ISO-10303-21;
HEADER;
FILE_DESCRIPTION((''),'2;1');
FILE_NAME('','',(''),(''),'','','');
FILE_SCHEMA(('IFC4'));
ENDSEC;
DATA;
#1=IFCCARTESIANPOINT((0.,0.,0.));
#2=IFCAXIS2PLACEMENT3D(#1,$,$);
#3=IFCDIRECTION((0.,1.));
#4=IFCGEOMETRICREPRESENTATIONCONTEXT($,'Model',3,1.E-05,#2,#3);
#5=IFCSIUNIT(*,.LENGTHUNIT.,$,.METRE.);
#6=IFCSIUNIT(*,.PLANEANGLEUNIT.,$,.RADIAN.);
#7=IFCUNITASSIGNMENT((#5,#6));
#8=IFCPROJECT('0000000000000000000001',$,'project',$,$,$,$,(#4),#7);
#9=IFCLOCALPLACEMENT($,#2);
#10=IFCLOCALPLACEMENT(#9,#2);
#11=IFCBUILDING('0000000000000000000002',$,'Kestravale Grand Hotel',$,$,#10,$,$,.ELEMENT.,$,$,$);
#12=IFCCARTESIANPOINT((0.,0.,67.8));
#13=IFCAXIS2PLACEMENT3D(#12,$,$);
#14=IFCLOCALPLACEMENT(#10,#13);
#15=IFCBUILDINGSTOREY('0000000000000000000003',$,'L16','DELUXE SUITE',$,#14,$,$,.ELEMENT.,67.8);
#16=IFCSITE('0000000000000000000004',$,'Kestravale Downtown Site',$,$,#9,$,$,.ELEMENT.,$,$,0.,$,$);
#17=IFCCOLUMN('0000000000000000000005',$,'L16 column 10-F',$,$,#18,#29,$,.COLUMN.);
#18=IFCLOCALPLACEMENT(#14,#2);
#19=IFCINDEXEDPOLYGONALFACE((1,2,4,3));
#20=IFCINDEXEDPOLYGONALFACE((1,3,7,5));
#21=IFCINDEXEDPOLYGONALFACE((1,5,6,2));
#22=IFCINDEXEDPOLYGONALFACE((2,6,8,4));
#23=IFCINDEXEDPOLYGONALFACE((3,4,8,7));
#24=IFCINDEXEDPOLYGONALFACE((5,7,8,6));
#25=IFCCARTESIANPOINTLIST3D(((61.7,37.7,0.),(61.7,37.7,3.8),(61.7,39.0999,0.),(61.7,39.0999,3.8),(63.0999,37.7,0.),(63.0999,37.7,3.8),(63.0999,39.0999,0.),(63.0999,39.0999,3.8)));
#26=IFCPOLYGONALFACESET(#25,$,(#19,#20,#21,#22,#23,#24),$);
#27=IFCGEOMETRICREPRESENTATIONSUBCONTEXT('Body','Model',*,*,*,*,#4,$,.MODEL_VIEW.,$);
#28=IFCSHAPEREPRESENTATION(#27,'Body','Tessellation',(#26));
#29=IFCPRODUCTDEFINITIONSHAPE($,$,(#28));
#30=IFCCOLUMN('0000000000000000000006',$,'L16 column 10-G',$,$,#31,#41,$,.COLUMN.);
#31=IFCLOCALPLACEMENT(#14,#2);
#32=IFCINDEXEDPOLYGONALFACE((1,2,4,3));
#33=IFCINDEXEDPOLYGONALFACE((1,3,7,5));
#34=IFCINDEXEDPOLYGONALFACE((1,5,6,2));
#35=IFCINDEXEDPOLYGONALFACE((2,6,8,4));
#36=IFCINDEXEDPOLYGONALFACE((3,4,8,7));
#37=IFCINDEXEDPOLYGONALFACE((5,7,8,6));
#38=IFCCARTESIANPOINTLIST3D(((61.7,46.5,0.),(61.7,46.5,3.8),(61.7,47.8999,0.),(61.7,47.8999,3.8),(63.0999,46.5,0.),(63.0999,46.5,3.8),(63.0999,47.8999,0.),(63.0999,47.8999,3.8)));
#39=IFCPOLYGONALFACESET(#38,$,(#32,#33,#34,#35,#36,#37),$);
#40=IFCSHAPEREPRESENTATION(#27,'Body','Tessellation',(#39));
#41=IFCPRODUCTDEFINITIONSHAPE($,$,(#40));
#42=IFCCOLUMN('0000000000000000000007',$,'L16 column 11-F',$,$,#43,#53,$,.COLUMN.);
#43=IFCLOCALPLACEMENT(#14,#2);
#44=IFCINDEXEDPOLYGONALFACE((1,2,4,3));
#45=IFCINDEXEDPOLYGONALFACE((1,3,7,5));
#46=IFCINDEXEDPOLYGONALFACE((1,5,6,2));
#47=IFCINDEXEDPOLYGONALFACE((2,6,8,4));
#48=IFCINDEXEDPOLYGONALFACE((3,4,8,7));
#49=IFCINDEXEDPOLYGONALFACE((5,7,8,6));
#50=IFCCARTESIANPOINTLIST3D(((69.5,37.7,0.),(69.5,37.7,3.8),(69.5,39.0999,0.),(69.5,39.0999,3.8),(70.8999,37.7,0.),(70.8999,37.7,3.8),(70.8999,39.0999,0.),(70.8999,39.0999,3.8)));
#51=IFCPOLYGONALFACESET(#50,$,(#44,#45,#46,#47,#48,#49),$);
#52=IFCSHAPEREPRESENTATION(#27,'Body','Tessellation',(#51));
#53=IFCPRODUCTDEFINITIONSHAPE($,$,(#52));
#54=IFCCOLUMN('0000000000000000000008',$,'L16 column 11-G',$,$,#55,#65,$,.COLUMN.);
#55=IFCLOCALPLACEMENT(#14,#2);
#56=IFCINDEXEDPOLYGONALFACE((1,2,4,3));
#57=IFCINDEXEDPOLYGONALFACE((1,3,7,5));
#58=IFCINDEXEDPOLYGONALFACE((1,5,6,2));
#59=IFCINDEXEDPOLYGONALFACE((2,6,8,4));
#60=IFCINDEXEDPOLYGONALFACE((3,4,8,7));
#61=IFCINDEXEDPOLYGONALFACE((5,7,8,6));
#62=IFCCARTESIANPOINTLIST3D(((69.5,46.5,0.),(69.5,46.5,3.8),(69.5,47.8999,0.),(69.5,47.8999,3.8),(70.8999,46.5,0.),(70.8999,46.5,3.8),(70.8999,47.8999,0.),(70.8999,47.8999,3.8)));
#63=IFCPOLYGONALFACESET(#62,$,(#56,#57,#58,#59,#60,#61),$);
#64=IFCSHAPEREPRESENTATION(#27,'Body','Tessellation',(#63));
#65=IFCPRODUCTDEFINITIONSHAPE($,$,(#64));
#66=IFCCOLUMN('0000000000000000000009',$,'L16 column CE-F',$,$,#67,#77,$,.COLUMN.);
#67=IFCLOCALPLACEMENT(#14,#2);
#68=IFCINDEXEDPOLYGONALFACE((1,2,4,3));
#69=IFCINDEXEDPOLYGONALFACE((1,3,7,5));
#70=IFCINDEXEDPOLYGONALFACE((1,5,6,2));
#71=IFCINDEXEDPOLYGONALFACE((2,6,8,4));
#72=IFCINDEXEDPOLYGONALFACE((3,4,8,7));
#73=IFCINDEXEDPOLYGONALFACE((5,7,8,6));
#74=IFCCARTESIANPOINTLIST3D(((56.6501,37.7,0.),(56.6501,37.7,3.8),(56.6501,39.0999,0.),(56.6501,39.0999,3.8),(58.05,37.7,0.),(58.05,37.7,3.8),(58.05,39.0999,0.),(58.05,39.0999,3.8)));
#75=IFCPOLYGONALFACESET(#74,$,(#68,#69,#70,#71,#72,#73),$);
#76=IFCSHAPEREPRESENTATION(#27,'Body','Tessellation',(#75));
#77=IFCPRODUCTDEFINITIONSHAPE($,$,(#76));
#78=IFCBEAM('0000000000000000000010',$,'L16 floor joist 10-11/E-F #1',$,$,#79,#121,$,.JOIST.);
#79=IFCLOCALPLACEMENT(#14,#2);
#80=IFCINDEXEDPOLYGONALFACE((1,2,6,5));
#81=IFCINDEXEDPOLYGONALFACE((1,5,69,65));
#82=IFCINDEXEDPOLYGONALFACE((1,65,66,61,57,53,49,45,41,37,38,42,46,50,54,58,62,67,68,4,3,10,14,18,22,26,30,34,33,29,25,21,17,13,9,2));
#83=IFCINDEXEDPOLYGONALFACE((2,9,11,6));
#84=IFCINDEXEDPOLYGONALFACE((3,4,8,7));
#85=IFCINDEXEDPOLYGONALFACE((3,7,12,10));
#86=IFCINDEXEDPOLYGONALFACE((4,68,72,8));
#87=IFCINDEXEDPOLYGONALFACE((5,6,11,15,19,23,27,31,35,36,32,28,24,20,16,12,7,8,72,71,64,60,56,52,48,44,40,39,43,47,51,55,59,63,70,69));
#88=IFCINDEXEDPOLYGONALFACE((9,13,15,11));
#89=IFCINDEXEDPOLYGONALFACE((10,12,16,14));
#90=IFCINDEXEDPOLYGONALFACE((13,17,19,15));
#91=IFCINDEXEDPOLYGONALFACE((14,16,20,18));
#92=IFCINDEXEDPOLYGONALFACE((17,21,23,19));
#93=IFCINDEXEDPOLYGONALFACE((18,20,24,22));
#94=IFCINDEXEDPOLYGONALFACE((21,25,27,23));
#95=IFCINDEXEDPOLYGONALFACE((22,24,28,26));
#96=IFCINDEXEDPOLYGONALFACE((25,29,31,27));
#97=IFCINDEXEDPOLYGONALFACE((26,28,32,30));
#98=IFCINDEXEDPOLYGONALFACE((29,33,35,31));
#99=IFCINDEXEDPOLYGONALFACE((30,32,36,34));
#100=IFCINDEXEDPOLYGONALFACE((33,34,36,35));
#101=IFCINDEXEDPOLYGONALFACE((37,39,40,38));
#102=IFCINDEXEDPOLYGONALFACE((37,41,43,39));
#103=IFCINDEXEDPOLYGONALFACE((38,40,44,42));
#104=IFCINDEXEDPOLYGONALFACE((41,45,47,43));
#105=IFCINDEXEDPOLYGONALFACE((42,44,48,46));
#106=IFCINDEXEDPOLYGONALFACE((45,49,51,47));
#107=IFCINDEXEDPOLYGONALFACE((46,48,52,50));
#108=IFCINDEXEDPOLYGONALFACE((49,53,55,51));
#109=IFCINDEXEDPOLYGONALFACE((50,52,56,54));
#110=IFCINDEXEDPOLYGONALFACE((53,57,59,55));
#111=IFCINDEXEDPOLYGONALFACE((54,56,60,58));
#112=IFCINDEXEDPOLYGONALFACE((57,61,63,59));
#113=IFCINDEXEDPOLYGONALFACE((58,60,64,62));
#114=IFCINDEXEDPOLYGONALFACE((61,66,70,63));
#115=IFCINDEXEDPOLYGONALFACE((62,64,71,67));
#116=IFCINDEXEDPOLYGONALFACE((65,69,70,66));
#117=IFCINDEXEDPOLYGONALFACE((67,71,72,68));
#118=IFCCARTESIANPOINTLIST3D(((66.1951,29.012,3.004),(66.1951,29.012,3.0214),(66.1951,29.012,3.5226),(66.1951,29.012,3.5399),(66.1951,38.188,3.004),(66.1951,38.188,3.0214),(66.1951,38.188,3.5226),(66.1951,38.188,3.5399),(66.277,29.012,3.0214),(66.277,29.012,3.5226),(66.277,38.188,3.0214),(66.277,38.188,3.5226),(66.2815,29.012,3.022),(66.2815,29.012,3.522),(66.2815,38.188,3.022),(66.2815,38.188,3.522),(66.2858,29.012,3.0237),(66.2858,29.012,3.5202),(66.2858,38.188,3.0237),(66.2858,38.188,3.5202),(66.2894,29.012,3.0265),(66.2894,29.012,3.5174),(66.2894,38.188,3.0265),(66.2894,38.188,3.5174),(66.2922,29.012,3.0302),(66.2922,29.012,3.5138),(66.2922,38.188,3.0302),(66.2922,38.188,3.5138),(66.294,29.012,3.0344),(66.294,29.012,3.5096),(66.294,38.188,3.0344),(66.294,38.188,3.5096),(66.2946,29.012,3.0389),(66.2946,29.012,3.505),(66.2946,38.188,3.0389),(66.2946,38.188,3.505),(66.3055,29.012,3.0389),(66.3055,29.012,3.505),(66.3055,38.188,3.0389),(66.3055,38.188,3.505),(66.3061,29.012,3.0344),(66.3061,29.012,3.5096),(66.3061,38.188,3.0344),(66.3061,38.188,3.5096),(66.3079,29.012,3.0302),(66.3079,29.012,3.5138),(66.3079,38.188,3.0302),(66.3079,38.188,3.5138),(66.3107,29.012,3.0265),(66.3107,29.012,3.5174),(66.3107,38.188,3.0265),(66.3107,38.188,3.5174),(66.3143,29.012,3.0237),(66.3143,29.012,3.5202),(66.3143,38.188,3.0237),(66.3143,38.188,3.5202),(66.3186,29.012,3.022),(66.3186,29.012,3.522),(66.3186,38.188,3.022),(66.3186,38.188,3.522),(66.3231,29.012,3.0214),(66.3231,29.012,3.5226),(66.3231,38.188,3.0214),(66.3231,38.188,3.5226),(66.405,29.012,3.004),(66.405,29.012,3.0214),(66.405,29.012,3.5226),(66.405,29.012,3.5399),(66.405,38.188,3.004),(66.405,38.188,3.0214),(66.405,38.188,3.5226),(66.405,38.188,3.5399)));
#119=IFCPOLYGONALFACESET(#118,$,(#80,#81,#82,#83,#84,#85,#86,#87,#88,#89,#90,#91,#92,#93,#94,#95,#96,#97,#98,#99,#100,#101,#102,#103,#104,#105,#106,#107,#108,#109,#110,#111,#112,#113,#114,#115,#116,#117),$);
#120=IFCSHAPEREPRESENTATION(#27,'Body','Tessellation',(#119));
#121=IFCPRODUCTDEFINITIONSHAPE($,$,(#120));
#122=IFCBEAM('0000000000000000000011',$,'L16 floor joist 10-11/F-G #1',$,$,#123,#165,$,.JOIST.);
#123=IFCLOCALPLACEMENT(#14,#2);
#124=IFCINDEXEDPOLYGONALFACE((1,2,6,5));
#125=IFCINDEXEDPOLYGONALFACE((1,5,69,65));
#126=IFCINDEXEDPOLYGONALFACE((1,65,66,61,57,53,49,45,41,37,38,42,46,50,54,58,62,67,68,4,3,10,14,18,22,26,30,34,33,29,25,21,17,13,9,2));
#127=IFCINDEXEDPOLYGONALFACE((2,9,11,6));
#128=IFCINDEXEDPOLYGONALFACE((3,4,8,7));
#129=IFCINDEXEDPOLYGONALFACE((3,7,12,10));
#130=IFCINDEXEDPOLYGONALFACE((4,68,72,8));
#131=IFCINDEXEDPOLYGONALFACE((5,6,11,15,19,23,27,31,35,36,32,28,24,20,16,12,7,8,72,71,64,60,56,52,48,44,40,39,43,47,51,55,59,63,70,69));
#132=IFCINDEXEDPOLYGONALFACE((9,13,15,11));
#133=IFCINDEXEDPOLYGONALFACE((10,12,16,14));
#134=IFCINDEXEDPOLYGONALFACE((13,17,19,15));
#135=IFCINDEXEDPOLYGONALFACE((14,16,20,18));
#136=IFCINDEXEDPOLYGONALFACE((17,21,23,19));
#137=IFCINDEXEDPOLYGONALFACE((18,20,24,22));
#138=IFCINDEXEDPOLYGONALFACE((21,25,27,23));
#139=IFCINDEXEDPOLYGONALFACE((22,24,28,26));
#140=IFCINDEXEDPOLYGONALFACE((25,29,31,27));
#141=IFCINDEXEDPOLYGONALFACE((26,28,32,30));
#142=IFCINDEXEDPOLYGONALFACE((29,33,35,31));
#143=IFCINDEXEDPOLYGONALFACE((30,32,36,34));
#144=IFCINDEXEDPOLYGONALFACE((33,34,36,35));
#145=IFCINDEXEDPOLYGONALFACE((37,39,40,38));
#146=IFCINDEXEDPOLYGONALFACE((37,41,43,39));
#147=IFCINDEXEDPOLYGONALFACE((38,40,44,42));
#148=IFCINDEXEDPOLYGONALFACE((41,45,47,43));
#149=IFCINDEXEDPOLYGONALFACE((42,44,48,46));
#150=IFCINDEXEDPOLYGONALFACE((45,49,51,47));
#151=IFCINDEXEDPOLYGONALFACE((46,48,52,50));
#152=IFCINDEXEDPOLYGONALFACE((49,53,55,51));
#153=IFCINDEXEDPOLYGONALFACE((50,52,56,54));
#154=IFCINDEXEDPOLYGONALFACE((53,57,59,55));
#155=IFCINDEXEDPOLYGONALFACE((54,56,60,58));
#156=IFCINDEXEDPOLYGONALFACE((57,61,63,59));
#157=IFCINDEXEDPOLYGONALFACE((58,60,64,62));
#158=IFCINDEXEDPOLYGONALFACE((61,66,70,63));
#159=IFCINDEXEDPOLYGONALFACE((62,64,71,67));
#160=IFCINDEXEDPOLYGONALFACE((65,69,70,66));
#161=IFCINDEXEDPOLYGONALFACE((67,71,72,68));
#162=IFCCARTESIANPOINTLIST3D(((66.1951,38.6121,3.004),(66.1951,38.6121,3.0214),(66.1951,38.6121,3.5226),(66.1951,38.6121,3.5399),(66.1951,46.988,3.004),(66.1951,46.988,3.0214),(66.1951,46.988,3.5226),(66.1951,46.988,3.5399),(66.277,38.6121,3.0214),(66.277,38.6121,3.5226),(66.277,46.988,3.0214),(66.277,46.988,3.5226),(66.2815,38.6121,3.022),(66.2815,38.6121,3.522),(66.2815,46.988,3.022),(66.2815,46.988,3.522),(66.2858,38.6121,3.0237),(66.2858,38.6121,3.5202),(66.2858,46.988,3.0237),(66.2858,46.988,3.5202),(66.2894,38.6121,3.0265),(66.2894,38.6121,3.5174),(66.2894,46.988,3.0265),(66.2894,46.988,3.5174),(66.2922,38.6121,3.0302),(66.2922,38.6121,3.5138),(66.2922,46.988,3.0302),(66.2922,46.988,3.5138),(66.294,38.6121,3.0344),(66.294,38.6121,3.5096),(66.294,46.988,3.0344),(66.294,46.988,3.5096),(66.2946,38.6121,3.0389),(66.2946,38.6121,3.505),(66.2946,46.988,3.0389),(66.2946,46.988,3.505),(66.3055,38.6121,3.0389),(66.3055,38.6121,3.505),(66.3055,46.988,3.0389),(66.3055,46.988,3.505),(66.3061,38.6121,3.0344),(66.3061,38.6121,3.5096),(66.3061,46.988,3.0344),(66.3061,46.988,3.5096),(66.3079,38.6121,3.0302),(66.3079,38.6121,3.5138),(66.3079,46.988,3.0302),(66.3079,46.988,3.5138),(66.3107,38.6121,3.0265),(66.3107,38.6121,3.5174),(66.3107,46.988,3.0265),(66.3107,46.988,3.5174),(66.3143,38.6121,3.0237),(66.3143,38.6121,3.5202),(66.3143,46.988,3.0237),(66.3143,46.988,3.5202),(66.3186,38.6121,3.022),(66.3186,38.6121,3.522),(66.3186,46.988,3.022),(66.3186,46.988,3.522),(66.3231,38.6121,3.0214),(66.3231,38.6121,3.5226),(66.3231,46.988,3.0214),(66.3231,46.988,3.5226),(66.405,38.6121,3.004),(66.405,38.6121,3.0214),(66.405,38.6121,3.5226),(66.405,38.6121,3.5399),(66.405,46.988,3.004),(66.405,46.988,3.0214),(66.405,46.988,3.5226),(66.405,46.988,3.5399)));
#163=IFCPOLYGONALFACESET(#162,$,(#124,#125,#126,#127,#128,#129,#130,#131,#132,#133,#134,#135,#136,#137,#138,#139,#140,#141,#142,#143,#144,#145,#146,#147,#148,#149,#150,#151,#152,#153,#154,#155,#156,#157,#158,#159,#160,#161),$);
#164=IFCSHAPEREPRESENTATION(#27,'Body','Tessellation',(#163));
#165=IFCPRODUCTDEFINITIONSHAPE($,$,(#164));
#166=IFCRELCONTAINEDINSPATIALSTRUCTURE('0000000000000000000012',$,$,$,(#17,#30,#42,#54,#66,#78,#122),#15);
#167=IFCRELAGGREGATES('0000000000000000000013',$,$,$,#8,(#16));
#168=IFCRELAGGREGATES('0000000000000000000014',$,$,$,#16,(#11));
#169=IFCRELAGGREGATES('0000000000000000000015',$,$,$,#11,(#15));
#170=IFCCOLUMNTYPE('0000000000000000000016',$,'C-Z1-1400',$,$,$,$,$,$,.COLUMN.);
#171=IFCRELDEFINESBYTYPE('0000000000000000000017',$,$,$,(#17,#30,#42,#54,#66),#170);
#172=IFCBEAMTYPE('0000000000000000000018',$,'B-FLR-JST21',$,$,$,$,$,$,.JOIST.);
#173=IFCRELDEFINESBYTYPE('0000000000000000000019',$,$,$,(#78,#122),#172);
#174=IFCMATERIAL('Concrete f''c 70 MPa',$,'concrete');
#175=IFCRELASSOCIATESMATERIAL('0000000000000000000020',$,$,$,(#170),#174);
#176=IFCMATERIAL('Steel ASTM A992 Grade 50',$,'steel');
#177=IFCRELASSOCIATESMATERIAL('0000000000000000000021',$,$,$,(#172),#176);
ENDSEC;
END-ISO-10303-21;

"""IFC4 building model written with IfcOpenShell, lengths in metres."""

from ifc_helpers import new_model, si_unit, direction, frame, origin, origin_2d, place, context, subcontext, project, spatial, rectangle, i_section, extrude, material, material_profile, profile_set, type_object, element, save


model = new_model("IFC4")

# Units and contexts
model_context = context("Model", 3, precision=1e-05, world=origin(), true_north=direction((0.0, 1.0)))
body_context = subcontext(model_context, "Body", "Model", "MODEL_VIEW")
ifc_project = project(units=[si_unit("LENGTHUNIT", "METRE"), si_unit("PLANEANGLEUNIT", "RADIAN")], contexts=[model_context])

# Site, building, storey
site_placement = place(None, origin())
site = spatial("IfcSite", under=ifc_project, at=site_placement, Name="Kestravale Downtown Site", CompositionType="ELEMENT", RefElevation=0.0)
building_placement = place(site_placement, origin())
building = spatial("IfcBuilding", under=site, at=building_placement, Name="Kestravale Grand Hotel", CompositionType="ELEMENT")
storey_placement = place(building_placement, frame((0.0, 0.0, 67.8)))
storey = spatial("IfcBuildingStorey", under=building, at=storey_placement, Name="L16", Description="DELUXE SUITE", CompositionType="ELEMENT", Elevation=67.8)

# Columns
ifc_material_1 = material(Name="Concrete f'c 70 MPa", Category="concrete")
ifc_material_profile_1 = material_profile(ifc_material_1, rectangle(XDim=1.3999, YDim=1.3999, at=origin_2d()))
ifc_profile_set_1 = profile_set([ifc_material_profile_1], Name="Concrete f'c 70 MPa")
column_type = type_object("IfcColumnType", Name="C-Z1-1400", PredefinedType="COLUMN", material=ifc_profile_set_1)
for number, where, z_axis, x_axis, name in (
    (1, (62.3999, 38.3999, 0.0), (0.0, 0.0, 1.0), (1.0, 0.0, 0.0), "L16 column 10-F"),
    (2, (62.3999, 47.2, 0.0), (0.0, 0.0, 1.0), (1.0, 0.0, 0.0), "L16 column 10-G"),
    (3, (70.2, 38.3999, 0.0), (0.0, 0.0, 1.0), (1.0, 0.0, 0.0), "L16 column 11-F"),
    (4, (70.2, 47.2, 0.0), (0.0, 0.0, 1.0), (1.0, 0.0, 0.0), "L16 column 11-G"),
    (5, (57.3501, 38.3999, 0.0), (0.0, 0.0, 1.0), (1.0, 0.0, 0.0), "L16 column CE-F"),
):
    element("IfcColumn", number, at=place(storey_placement, frame(where, z_axis=z_axis, x_axis=x_axis)), inside=storey, type_object=column_type, Name=name, PredefinedType="COLUMN", context=body_context, shape_type="SweptSolid", body=[
        extrude(rectangle(XDim=1.3999, YDim=1.3999, at=origin_2d()), origin(), (0.0, 0.0, 1.0), 3.8),
    ])

# Beams
ifc_material_2 = material(Name="Steel ASTM A992 Grade 50", Category="steel")
ifc_material_profile_2 = material_profile(ifc_material_2, i_section(OverallWidth=0.21, OverallDepth=0.5359, WebThickness=0.011, FlangeThickness=0.0173, FilletRadius=0.0176, at=origin_2d()))
ifc_profile_set_2 = profile_set([ifc_material_profile_2], Name="Steel ASTM A992 Grade 50")
beam_type_1 = type_object("IfcBeamType", Name="B-FLR-JST21", PredefinedType="JOIST", material=ifc_profile_set_2)
beam_1_placement = place(storey_placement, frame((66.3, 29.012, 3.272), z_axis=(0.0, 1.0, 0.0), x_axis=(-1.0, 0.0, 0.0)))
element("IfcBeam", 6, at=beam_1_placement, inside=storey, type_object=beam_type_1, Name="L16 floor joist 10-11/E-F #1", PredefinedType="JOIST", context=body_context, shape_type="SweptSolid", body=[
    extrude(i_section(OverallWidth=0.21, OverallDepth=0.5359, WebThickness=0.011, FlangeThickness=0.0173, FilletRadius=0.0176, at=origin_2d()), origin(), (0.0, 0.0, 1.0), 9.176),
])
beam_2_placement = place(storey_placement, frame((66.3, 38.6121, 3.272), z_axis=(0.0, 1.0, 0.0), x_axis=(-1.0, 0.0, 0.0)))
element("IfcBeam", 7, at=beam_2_placement, inside=storey, type_object=beam_type_1, Name="L16 floor joist 10-11/F-G #1", PredefinedType="JOIST", context=body_context, shape_type="SweptSolid", body=[
    extrude(i_section(OverallWidth=0.21, OverallDepth=0.5359, WebThickness=0.011, FlangeThickness=0.0173, FilletRadius=0.0176, at=origin_2d()), origin(), (0.0, 0.0, 1.0), 8.376),
])

save(model, "model.ifc")
